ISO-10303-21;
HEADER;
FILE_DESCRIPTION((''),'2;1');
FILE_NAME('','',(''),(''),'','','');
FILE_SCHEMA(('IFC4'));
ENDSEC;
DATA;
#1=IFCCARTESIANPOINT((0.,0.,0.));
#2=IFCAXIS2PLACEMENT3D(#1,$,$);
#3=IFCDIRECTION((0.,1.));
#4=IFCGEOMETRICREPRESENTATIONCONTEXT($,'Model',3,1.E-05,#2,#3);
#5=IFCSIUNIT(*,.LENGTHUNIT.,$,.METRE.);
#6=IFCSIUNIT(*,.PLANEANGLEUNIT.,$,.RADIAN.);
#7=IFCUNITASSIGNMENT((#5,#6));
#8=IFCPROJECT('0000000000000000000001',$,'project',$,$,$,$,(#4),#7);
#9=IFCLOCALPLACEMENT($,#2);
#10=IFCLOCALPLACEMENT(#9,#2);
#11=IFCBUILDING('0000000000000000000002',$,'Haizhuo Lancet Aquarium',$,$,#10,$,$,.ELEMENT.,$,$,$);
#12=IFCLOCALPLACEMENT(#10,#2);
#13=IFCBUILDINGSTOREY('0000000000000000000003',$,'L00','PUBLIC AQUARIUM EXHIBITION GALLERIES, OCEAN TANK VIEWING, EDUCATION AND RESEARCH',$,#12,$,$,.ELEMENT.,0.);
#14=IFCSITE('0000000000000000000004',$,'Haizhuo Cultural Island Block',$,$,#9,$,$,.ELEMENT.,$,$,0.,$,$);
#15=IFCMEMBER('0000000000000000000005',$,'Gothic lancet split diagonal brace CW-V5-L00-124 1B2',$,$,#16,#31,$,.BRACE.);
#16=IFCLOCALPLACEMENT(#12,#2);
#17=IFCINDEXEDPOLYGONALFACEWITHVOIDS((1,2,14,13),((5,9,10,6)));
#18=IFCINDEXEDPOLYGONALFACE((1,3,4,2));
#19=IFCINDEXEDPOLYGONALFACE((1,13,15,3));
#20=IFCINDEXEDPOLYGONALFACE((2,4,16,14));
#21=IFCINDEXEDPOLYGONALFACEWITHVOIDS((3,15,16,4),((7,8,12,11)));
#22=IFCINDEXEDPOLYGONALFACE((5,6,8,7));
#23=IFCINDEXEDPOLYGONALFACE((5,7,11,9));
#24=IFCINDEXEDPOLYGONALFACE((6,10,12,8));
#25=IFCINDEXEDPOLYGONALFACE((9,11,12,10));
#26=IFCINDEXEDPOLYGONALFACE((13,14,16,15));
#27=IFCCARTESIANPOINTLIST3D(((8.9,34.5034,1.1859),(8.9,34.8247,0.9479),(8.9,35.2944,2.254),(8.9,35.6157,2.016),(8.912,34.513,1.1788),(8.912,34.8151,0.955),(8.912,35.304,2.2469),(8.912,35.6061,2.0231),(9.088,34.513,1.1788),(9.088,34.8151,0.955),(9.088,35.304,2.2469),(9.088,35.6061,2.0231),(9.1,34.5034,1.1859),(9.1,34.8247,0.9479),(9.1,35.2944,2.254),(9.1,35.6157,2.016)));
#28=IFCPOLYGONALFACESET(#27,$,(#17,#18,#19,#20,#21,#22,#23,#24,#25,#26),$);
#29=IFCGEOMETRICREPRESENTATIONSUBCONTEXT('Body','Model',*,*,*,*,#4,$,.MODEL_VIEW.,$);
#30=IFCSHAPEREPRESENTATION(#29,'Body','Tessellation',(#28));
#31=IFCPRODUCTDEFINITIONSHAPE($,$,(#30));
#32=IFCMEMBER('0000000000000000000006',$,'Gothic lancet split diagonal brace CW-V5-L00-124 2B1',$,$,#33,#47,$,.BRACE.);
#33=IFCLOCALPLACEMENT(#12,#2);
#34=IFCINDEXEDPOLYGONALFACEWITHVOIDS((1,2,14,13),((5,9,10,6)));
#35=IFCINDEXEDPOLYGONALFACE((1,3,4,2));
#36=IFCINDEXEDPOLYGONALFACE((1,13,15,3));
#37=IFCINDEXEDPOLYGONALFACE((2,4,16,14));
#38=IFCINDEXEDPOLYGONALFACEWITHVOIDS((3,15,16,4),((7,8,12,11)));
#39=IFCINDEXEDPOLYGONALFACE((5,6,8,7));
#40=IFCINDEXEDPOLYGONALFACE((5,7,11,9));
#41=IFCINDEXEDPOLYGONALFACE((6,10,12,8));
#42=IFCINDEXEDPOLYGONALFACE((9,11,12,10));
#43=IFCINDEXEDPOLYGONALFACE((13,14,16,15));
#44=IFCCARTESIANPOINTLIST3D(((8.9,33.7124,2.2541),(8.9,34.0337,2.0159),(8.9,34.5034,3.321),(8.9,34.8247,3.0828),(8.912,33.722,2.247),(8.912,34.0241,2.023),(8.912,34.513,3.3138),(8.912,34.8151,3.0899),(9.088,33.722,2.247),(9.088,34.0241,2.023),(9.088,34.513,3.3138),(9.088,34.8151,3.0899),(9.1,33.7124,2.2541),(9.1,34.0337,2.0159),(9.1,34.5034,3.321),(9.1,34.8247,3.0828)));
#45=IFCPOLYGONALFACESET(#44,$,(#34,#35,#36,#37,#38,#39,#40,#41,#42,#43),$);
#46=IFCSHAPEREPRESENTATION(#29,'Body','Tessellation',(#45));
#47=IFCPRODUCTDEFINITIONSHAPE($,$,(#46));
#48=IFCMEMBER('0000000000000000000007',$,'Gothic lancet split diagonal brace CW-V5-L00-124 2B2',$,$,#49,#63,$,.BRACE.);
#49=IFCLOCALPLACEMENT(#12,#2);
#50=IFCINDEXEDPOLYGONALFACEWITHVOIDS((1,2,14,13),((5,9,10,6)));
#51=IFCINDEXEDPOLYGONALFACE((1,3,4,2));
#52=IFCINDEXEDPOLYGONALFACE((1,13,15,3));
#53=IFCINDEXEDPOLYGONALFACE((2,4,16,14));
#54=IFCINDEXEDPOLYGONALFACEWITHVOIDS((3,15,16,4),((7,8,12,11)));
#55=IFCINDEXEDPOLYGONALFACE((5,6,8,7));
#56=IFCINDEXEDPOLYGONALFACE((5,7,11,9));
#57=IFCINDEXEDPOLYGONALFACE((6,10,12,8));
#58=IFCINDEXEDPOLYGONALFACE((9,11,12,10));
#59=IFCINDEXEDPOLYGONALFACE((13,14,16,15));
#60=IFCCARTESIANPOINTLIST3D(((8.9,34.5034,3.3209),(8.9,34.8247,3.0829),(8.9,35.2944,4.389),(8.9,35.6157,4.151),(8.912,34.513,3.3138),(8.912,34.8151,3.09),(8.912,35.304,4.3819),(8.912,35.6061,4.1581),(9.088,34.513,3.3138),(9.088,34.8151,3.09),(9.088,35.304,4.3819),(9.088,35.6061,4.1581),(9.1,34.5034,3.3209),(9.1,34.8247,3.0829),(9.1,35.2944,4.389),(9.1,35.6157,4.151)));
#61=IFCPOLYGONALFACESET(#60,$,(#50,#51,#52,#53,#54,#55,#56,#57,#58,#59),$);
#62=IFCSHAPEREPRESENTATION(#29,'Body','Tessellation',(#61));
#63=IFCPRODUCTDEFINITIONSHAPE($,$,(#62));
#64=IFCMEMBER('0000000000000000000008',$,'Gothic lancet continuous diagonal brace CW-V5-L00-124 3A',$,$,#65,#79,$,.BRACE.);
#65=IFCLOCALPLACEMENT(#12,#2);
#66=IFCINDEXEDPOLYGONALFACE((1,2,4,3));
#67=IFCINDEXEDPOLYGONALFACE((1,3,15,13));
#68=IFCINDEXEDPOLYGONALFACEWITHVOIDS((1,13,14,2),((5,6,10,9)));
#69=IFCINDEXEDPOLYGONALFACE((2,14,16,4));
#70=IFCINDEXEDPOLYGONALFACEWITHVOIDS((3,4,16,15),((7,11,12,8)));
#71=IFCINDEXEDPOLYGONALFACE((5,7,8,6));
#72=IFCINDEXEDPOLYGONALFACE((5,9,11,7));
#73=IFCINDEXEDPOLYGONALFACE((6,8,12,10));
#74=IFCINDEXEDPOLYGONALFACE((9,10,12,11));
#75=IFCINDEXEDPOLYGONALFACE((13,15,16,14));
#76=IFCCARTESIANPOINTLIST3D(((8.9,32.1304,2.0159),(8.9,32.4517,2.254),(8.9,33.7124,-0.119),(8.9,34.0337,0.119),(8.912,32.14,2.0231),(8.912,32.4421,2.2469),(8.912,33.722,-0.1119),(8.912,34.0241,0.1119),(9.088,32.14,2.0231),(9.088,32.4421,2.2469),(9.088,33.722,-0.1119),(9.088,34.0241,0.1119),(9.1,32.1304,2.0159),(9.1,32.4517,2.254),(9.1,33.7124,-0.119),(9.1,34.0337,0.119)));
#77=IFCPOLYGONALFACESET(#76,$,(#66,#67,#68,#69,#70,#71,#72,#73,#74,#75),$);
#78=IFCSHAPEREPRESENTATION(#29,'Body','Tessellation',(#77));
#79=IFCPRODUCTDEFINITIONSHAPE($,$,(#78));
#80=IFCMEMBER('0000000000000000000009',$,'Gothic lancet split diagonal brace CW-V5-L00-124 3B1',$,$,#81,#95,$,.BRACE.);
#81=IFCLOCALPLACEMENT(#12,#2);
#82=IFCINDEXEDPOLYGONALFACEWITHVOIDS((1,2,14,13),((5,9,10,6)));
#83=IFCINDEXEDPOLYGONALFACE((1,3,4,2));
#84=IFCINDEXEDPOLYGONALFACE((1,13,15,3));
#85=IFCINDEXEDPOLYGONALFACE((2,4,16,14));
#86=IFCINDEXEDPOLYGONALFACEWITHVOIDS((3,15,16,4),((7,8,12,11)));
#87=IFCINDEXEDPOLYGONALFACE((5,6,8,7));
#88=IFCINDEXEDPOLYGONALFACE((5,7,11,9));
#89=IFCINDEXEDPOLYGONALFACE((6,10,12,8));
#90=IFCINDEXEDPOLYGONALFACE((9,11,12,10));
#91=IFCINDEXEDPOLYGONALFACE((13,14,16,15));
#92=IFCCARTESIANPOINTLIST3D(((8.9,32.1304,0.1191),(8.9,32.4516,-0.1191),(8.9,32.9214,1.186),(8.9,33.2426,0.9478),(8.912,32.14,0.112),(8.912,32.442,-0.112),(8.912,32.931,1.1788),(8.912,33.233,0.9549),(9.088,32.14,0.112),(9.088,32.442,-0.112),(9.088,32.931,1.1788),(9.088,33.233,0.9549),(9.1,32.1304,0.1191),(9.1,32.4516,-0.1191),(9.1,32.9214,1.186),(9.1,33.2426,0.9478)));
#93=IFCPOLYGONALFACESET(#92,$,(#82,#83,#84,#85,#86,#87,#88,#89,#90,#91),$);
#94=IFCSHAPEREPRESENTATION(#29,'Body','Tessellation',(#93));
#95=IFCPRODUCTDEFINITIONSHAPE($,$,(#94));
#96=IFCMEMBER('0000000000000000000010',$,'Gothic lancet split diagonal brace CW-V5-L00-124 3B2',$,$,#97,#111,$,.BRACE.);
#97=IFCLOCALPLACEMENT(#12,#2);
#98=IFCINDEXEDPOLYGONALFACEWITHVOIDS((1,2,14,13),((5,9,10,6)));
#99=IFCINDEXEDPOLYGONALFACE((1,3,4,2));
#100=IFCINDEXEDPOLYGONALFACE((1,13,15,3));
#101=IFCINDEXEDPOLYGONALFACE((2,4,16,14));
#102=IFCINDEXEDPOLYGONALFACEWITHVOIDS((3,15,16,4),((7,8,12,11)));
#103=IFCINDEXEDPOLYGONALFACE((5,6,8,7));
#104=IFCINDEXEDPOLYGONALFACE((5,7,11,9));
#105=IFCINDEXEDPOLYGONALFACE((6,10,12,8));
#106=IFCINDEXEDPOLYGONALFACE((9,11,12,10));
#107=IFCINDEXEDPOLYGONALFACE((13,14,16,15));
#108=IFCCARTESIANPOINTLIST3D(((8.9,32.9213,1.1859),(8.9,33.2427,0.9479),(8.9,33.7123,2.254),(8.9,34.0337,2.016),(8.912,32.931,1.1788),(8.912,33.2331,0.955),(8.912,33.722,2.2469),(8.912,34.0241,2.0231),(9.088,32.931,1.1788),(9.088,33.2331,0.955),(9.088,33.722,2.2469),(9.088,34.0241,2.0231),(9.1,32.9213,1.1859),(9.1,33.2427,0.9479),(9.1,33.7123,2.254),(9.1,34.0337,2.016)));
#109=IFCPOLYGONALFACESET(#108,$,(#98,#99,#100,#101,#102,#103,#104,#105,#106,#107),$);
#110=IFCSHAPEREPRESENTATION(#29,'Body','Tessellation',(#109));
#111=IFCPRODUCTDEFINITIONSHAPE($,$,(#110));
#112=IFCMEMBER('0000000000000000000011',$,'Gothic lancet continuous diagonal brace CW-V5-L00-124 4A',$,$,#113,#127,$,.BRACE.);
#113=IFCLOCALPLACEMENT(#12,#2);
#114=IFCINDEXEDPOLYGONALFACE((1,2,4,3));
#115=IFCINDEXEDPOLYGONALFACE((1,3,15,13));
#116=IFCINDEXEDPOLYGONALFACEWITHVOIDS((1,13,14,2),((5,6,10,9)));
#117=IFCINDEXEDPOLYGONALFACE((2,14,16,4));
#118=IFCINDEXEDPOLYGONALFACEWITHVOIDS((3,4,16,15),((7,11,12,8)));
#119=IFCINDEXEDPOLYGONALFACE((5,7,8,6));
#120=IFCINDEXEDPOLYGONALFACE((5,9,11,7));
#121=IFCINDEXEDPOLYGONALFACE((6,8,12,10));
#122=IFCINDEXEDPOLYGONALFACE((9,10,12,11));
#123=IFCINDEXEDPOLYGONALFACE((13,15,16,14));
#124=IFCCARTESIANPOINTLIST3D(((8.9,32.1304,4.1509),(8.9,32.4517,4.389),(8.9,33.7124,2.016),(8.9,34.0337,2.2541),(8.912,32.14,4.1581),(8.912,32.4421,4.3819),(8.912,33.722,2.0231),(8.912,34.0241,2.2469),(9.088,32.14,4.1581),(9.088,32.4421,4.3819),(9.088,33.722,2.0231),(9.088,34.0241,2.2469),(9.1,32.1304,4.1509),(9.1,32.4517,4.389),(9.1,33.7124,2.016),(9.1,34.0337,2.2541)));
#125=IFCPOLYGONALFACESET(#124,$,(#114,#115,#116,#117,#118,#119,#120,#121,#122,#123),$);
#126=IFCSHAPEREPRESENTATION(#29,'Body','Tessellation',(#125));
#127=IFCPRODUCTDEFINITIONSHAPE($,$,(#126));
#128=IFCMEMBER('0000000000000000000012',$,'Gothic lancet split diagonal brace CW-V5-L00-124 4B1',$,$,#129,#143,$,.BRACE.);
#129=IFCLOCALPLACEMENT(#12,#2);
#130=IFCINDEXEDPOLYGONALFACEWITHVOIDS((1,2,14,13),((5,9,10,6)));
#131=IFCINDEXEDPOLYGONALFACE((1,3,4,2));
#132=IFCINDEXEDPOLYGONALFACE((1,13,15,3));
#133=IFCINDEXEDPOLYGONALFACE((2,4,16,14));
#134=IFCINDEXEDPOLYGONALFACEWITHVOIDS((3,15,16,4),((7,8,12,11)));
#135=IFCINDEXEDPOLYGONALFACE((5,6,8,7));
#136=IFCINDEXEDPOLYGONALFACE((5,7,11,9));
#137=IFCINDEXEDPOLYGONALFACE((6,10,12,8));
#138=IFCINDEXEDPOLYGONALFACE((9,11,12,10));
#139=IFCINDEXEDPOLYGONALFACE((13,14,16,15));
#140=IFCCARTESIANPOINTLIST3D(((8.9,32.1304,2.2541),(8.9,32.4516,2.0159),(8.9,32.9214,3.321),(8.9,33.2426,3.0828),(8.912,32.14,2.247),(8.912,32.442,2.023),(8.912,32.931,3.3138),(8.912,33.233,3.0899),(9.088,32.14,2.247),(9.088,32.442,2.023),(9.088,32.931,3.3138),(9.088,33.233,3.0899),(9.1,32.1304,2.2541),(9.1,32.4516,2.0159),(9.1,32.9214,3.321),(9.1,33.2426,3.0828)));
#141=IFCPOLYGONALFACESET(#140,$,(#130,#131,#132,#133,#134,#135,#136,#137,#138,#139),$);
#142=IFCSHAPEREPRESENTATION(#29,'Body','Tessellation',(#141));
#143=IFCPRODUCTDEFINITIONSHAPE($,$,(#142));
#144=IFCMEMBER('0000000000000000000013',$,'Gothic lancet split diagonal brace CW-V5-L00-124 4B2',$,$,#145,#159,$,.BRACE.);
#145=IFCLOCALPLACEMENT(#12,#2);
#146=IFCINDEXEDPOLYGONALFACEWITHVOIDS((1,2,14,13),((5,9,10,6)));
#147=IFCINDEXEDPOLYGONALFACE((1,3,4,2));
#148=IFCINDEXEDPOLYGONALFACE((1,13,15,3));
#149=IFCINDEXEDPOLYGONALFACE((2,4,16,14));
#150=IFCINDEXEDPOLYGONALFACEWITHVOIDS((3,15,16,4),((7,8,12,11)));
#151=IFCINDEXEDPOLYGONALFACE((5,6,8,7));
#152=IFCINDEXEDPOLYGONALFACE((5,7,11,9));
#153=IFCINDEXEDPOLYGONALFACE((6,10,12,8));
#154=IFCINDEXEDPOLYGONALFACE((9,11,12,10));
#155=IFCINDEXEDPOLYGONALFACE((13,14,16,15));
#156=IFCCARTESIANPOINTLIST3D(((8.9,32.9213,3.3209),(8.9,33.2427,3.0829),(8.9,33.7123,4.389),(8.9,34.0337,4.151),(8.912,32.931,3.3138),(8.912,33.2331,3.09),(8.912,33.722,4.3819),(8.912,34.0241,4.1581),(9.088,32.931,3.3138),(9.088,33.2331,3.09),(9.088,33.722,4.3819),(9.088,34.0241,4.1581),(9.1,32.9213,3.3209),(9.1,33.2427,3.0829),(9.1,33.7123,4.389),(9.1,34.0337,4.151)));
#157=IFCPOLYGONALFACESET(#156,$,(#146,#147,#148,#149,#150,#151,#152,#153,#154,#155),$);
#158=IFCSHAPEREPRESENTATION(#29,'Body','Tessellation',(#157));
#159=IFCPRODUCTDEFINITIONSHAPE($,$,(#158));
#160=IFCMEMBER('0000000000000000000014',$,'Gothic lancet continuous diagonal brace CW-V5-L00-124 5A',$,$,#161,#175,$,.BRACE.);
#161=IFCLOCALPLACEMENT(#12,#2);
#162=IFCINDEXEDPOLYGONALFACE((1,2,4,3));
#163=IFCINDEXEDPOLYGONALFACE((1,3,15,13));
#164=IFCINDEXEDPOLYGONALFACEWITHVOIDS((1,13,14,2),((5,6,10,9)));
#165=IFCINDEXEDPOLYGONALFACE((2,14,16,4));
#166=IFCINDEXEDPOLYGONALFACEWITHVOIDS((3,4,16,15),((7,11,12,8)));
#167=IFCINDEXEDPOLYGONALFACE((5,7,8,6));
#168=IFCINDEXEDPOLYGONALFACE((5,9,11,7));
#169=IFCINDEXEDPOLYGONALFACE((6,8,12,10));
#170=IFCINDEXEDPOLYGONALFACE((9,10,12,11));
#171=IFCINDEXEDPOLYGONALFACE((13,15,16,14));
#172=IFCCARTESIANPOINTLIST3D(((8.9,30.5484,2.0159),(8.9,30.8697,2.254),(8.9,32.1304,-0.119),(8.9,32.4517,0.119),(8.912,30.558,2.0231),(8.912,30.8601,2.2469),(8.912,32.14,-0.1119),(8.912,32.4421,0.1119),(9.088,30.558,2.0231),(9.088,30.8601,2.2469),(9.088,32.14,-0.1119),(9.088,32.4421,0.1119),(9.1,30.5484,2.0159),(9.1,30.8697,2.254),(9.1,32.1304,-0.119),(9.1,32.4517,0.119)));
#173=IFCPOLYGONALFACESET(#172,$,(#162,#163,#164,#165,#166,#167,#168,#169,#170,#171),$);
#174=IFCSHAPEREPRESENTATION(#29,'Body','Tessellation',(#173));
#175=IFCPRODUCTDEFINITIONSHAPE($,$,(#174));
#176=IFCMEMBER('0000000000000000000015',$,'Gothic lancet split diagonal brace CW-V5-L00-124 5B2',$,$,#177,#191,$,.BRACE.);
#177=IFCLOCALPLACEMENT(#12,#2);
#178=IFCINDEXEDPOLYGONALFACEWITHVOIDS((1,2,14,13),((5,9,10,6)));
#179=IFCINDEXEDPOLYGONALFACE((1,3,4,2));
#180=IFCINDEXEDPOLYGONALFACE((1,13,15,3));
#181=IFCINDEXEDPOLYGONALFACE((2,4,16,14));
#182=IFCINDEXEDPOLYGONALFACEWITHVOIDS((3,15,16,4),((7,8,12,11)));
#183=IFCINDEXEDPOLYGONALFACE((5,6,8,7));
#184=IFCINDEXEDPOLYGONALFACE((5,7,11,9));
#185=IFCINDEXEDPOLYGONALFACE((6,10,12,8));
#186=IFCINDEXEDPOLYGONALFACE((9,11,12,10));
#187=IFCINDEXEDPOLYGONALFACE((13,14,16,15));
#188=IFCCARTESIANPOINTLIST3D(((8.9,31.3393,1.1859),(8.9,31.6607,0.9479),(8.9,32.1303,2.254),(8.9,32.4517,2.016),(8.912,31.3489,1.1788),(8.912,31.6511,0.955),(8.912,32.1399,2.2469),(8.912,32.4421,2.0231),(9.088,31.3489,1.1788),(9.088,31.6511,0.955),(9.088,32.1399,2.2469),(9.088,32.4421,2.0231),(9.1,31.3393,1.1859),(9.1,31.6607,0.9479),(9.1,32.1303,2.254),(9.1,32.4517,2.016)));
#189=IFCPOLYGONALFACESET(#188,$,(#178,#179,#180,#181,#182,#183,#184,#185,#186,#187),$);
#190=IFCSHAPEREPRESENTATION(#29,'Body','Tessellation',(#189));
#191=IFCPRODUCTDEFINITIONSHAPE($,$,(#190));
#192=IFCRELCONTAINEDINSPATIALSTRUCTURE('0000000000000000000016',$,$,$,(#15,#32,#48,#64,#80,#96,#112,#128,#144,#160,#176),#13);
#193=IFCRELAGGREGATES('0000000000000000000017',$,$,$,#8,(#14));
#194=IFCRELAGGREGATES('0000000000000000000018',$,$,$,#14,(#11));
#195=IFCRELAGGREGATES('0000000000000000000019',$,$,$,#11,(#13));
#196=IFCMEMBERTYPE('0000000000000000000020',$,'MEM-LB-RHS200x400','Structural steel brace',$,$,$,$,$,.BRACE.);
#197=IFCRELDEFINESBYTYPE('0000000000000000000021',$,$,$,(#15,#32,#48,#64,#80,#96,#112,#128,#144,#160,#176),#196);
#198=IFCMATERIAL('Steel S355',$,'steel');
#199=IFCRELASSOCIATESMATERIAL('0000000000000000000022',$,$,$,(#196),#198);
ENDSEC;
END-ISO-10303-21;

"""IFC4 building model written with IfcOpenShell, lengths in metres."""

from ifc_helpers import new_model, si_unit, direction, frame, origin, origin_2d, place, context, subcontext, project, spatial, hollow_rectangle, extrude, material, material_profile, profile_set, type_object, element, save


model = new_model("IFC4")

# Units and contexts
model_context = context("Model", 3, precision=1e-05, world=origin(), true_north=direction((0.0, 1.0)))
body_context = subcontext(model_context, "Body", "Model", "MODEL_VIEW")
ifc_project = project(units=[si_unit("LENGTHUNIT", "METRE"), si_unit("PLANEANGLEUNIT", "RADIAN")], contexts=[model_context])

# Site, building, storey
site_placement = place(None, origin())
site = spatial("IfcSite", under=ifc_project, at=site_placement, Name="Haizhuo Cultural Island Block", CompositionType="ELEMENT", RefElevation=0.0)
building_placement = place(site_placement, origin())
building = spatial("IfcBuilding", under=site, at=building_placement, Name="Haizhuo Lancet Aquarium", CompositionType="ELEMENT")
storey_placement = place(building_placement, origin())
storey = spatial("IfcBuildingStorey", under=building, at=storey_placement, Name="L00", Description="PUBLIC AQUARIUM EXHIBITION GALLERIES, OCEAN TANK VIEWING, EDUCATION AND RESEARCH", CompositionType="ELEMENT", Elevation=0.0)

# Members
ifc_material_1 = material(Name="Steel S355", Category="steel")
ifc_material_profile_1 = material_profile(ifc_material_1, hollow_rectangle(XDim=0.2, YDim=0.3999, WallThickness=0.012, at=origin_2d()), Name="RHS 200x400x12")
ifc_profile_set_1 = profile_set([ifc_material_profile_1], Name="Steel S355")
member_type_1 = type_object("IfcMemberType", Name="MEM-LB-RHS200x400", Description="Structural steel brace", PredefinedType="BRACE", material=ifc_profile_set_1)
member_1_placement = place(storey_placement, frame((9.0, 34.6641, 1.0669), z_axis=(0.0, 0.59514, 0.803622), x_axis=(-1.0, 0.0, 0.0)))
element("IfcMember", 1, at=member_1_placement, inside=storey, type_object=member_type_1, Name="Gothic lancet split diagonal brace CW-V5-L00-124 1B2", PredefinedType="BRACE", context=body_context, shape_type="SweptSolid", body=[
    extrude(hollow_rectangle(XDim=0.2, YDim=0.3999, WallThickness=0.012, at=origin_2d()), origin(), (0.0, 0.0, 1.0), 1.3291),
])
member_2_placement = place(storey_placement, frame((9.0, 33.873, 2.135), z_axis=(0.0, 0.595579, 0.803297), x_axis=(-1.0, 0.0, 0.0)))
element("IfcMember", 2, at=member_2_placement, inside=storey, type_object=member_type_1, Name="Gothic lancet split diagonal brace CW-V5-L00-124 2B1", PredefinedType="BRACE", context=body_context, shape_type="SweptSolid", body=[
    extrude(hollow_rectangle(XDim=0.2, YDim=0.3999, WallThickness=0.012, at=origin_2d()), origin(), (0.0, 0.0, 1.0), 1.3281),
])
member_3_placement = place(storey_placement, frame((9.0, 34.6641, 3.2019), z_axis=(0.0, 0.59514, 0.803622), x_axis=(-1.0, 0.0, 0.0)))
element("IfcMember", 3, at=member_3_placement, inside=storey, type_object=member_type_1, Name="Gothic lancet split diagonal brace CW-V5-L00-124 2B2", PredefinedType="BRACE", context=body_context, shape_type="SweptSolid", body=[
    extrude(hollow_rectangle(XDim=0.2, YDim=0.3999, WallThickness=0.012, at=origin_2d()), origin(), (0.0, 0.0, 1.0), 1.3291),
])
member_4_placement = place(storey_placement, frame((9.0, 33.873, 0.0), z_axis=(0.0, -0.595359, 0.80346), x_axis=(1.0, 0.0, 0.0)))
element("IfcMember", 4, at=member_4_placement, inside=storey, type_object=member_type_1, Name="Gothic lancet continuous diagonal brace CW-V5-L00-124 3A", PredefinedType="BRACE", context=body_context, shape_type="SweptSolid", body=[
    extrude(hollow_rectangle(XDim=0.2, YDim=0.3999, WallThickness=0.012, at=origin_2d()), origin(), (0.0, 0.0, 1.0), 2.6572),
])
member_5_placement = place(storey_placement, frame((9.0, 32.291, 0.0), z_axis=(0.0, 0.595579, 0.803297), x_axis=(-1.0, 0.0, 0.0)))
element("IfcMember", 5, at=member_5_placement, inside=storey, type_object=member_type_1, Name="Gothic lancet split diagonal brace CW-V5-L00-124 3B1", PredefinedType="BRACE", context=body_context, shape_type="SweptSolid", body=[
    extrude(hollow_rectangle(XDim=0.2, YDim=0.3999, WallThickness=0.012, at=origin_2d()), origin(), (0.0, 0.0, 1.0), 1.3281),
])
member_6_placement = place(storey_placement, frame((9.0, 33.082, 1.0669), z_axis=(0.0, 0.59514, 0.803622), x_axis=(-1.0, 0.0, 0.0)))
element("IfcMember", 6, at=member_6_placement, inside=storey, type_object=member_type_1, Name="Gothic lancet split diagonal brace CW-V5-L00-124 3B2", PredefinedType="BRACE", context=body_context, shape_type="SweptSolid", body=[
    extrude(hollow_rectangle(XDim=0.2, YDim=0.3999, WallThickness=0.012, at=origin_2d()), origin(), (0.0, 0.0, 1.0), 1.3291),
])
member_7_placement = place(storey_placement, frame((9.0, 33.873, 2.135), z_axis=(0.0, -0.595359, 0.80346), x_axis=(1.0, 0.0, 0.0)))
element("IfcMember", 7, at=member_7_placement, inside=storey, type_object=member_type_1, Name="Gothic lancet continuous diagonal brace CW-V5-L00-124 4A", PredefinedType="BRACE", context=body_context, shape_type="SweptSolid", body=[
    extrude(hollow_rectangle(XDim=0.2, YDim=0.3999, WallThickness=0.012, at=origin_2d()), origin(), (0.0, 0.0, 1.0), 2.6572),
])
member_8_placement = place(storey_placement, frame((9.0, 32.291, 2.135), z_axis=(0.0, 0.595579, 0.803297), x_axis=(-1.0, 0.0, 0.0)))
element("IfcMember", 8, at=member_8_placement, inside=storey, type_object=member_type_1, Name="Gothic lancet split diagonal brace CW-V5-L00-124 4B1", PredefinedType="BRACE", context=body_context, shape_type="SweptSolid", body=[
    extrude(hollow_rectangle(XDim=0.2, YDim=0.3999, WallThickness=0.012, at=origin_2d()), origin(), (0.0, 0.0, 1.0), 1.3281),
])
member_9_placement = place(storey_placement, frame((9.0, 33.082, 3.2019), z_axis=(0.0, 0.59514, 0.803622), x_axis=(-1.0, 0.0, 0.0)))
element("IfcMember", 9, at=member_9_placement, inside=storey, type_object=member_type_1, Name="Gothic lancet split diagonal brace CW-V5-L00-124 4B2", PredefinedType="BRACE", context=body_context, shape_type="SweptSolid", body=[
    extrude(hollow_rectangle(XDim=0.2, YDim=0.3999, WallThickness=0.012, at=origin_2d()), origin(), (0.0, 0.0, 1.0), 1.3291),
])
member_10_placement = place(storey_placement, frame((9.0, 32.291, 0.0), z_axis=(0.0, -0.595359, 0.80346), x_axis=(1.0, 0.0, 0.0)))
element("IfcMember", 10, at=member_10_placement, inside=storey, type_object=member_type_1, Name="Gothic lancet continuous diagonal brace CW-V5-L00-124 5A", PredefinedType="BRACE", context=body_context, shape_type="SweptSolid", body=[
    extrude(hollow_rectangle(XDim=0.2, YDim=0.3999, WallThickness=0.012, at=origin_2d()), origin(), (0.0, 0.0, 1.0), 2.6572),
])
member_11_placement = place(storey_placement, frame((9.0, 31.5, 1.0669), z_axis=(0.0, 0.59514, 0.803622), x_axis=(-1.0, 0.0, 0.0)))
element("IfcMember", 11, at=member_11_placement, inside=storey, type_object=member_type_1, Name="Gothic lancet split diagonal brace CW-V5-L00-124 5B2", PredefinedType="BRACE", context=body_context, shape_type="SweptSolid", body=[
    extrude(hollow_rectangle(XDim=0.2, YDim=0.3999, WallThickness=0.012, at=origin_2d()), origin(), (0.0, 0.0, 1.0), 1.3291),
])

save(model, "model.ifc")
